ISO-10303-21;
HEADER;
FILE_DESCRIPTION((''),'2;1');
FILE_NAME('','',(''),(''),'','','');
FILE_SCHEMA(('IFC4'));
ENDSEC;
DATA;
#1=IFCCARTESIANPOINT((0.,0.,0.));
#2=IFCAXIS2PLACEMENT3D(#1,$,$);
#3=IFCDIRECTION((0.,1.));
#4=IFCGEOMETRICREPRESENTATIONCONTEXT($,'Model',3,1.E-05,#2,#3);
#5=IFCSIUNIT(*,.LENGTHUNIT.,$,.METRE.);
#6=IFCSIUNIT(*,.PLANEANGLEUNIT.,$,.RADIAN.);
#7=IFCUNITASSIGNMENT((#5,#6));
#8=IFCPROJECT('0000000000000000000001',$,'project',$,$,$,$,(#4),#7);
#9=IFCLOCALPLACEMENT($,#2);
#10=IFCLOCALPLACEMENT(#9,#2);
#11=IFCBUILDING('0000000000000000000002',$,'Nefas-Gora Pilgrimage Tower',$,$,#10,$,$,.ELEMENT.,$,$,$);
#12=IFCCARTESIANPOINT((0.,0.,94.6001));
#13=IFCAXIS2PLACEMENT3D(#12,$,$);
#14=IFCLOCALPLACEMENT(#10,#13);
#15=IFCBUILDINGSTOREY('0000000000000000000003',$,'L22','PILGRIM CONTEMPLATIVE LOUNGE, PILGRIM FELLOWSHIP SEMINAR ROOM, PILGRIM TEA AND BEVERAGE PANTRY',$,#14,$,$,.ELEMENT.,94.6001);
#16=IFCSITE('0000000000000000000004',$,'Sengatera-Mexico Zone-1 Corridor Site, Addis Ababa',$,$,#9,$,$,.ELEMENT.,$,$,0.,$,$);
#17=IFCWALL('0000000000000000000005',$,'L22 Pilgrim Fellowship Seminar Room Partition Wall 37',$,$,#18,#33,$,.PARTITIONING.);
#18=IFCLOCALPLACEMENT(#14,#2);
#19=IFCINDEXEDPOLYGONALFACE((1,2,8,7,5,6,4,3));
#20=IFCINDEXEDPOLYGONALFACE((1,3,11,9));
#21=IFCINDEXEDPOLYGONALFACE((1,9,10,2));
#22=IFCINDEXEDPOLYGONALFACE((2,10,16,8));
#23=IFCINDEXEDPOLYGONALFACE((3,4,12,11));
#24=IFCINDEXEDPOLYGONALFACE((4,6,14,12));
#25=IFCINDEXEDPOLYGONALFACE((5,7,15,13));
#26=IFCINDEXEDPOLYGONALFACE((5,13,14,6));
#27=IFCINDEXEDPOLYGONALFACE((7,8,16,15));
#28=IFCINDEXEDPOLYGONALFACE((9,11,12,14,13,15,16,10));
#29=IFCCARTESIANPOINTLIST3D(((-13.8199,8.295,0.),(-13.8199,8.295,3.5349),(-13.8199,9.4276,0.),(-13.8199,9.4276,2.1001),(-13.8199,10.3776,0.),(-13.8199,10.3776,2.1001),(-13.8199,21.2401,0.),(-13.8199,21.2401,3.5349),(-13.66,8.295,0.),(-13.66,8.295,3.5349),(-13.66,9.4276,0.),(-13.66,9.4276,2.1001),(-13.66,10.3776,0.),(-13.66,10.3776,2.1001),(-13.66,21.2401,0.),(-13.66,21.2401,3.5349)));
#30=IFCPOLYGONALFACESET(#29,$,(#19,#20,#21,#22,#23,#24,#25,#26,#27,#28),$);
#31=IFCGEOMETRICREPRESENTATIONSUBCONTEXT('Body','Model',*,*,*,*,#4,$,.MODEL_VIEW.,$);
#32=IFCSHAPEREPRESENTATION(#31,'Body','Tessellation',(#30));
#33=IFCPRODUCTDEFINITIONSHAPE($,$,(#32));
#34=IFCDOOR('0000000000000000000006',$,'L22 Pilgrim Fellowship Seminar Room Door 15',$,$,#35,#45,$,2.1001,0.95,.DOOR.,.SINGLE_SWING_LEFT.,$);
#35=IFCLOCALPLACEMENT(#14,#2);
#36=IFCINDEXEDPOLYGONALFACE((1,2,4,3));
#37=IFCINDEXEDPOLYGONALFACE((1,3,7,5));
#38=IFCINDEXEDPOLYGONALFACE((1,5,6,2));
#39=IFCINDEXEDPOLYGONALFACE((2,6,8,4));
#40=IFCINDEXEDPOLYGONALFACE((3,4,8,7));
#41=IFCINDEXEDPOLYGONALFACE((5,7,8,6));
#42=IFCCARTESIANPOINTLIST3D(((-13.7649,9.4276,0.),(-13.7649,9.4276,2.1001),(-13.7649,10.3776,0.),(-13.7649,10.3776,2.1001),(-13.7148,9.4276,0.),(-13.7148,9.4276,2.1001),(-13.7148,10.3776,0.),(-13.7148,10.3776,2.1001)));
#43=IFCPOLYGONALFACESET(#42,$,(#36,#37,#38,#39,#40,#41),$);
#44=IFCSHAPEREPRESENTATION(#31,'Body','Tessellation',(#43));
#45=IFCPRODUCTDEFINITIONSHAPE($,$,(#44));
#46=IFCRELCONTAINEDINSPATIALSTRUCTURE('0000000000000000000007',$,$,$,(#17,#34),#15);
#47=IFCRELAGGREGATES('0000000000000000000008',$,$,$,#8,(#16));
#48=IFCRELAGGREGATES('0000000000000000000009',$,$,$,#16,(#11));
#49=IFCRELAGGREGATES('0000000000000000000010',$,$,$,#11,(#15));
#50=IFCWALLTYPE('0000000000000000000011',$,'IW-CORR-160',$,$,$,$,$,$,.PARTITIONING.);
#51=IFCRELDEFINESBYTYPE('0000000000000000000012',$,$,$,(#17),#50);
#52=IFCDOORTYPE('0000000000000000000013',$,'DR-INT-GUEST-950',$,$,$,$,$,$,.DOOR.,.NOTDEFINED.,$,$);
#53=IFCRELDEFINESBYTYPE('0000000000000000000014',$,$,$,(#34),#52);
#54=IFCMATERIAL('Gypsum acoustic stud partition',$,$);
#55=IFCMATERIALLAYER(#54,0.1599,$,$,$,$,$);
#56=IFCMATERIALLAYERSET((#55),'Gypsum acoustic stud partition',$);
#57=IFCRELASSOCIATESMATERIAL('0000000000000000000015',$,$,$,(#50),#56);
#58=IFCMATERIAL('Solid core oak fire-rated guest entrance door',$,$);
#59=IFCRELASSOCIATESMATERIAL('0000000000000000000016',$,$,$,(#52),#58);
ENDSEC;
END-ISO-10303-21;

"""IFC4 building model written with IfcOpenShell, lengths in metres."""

from ifc_helpers import new_model, si_unit, direction, frame, frame_2d, origin, place, context, subcontext, project, spatial, rectangle, extrude, source, transform, mapped, material, layer, layer_set, type_object, element, fill, save


model = new_model("IFC4")

# Units and contexts
model_context = context("Model", 3, precision=1e-05, world=origin(), true_north=direction((0.0, 1.0)))
body_context = subcontext(model_context, "Body", "Model", "MODEL_VIEW")
ifc_project = project(units=[si_unit("LENGTHUNIT", "METRE"), si_unit("PLANEANGLEUNIT", "RADIAN")], contexts=[model_context])

# Site, building, storey
site_placement = place(None, origin())
site = spatial("IfcSite", under=ifc_project, at=site_placement, Name="Sengatera-Mexico Zone-1 Corridor Site, Addis Ababa", CompositionType="ELEMENT", RefElevation=0.0)
building_placement = place(site_placement, origin())
building = spatial("IfcBuilding", under=site, at=building_placement, Name="Nefas-Gora Pilgrimage Tower", CompositionType="ELEMENT")
storey_placement = place(building_placement, frame((0.0, 0.0, 94.6001)))
storey = spatial("IfcBuildingStorey", under=building, at=storey_placement, Name="L22", Description="PILGRIM CONTEMPLATIVE LOUNGE, PILGRIM FELLOWSHIP SEMINAR ROOM, PILGRIM TEA AND BEVERAGE PANTRY", CompositionType="ELEMENT", Elevation=94.6001)

# Shared definitions
ifc_material_1 = material(Name="Gypsum acoustic stud partition")
ifc_layer_1 = layer(ifc_material_1, 0.1599)
ifc_layer_set_1 = layer_set([ifc_layer_1], Name="Gypsum acoustic stud partition")
wall_type_1 = type_object("IfcWallType", Name="IW-CORR-160", PredefinedType="PARTITIONING", material=ifc_layer_set_1)
ifc_material_2 = material(Name="Solid core oak fire-rated guest entrance door")
door_type = type_object("IfcDoorType", Name="DR-INT-GUEST-950", OperationType="NOTDEFINED", PredefinedType="DOOR", material=ifc_material_2)
shared_shape_1 = source(origin(), body_context, "Body", "SweptSolid", [
    extrude(rectangle(XDim=0.95, YDim=2.1001, at=frame_2d((0.4751, 1.05))), frame((0.0, 0.0249, 0.0), z_axis=(0.0, -1.0, 0.0), x_axis=(1.0, 0.0, 0.0)), (0.0, 0.0, 1.0), 0.05),
])

# Wall, opening, door
shared_shape_2 = source(origin(), body_context, "Body", "SweptSolid", [
    extrude(rectangle(XDim=12.9451, YDim=0.1599, at=frame_2d((6.4727, 0.0))), origin(), (0.0, 0.0, 1.0), 3.5349),
])
wall_1_placement = place(storey_placement, frame((-13.74, 8.2949, 0.0), z_axis=(0.0, 0.0, 1.0), x_axis=(0.0, 1.0, 0.0)))
wall_1 = element("IfcWall", 1, at=wall_1_placement, inside=storey, type_object=wall_type_1, Name="L22 Pilgrim Fellowship Seminar Room Partition Wall 37", PredefinedType="PARTITIONING", context=body_context, shape_type="MappedRepresentation", body=[
    mapped(shared_shape_2, transform((0.0, 0.0, 0.0), x_axis=(1.0, 0.0, 0.0), y_axis=(0.0, 1.0, 0.0), z_axis=(0.0, 0.0, 1.0), scale=1.0)),
])
opening_1_placement = place(wall_1_placement, frame((1.1326, 0.0, 0.0)))
opening_1 = element("IfcOpeningElement", 2, at=opening_1_placement, cuts=wall_1, PredefinedType="OPENING", context=body_context, shape_type="SweptSolid", body=[
    extrude(rectangle(XDim=0.95, YDim=2.1001, at=frame_2d((0.4751, 1.05))), frame((0.0, 0.0898, 0.0), z_axis=(0.0, -1.0, 0.0), x_axis=(1.0, 0.0, 0.0)), (0.0, 0.0, 1.0), 0.1799),
])
door_1_placement = place(opening_1_placement, origin())
door_1 = element("IfcDoor", 3, at=door_1_placement, inside=storey, type_object=door_type, Name="L22 Pilgrim Fellowship Seminar Room Door 15", OperationType="SINGLE_SWING_LEFT", OverallHeight=2.1001, OverallWidth=0.95, PredefinedType="DOOR", context=body_context, shape_type="MappedRepresentation", body=[
    mapped(shared_shape_1, transform((0.0, 0.0, 0.0), x_axis=(1.0, 0.0, 0.0), y_axis=(0.0, 1.0, 0.0), z_axis=(0.0, 0.0, 1.0), scale=1.0)),
])
fill(opening_1, door_1)

save(model, "model.ifc")
